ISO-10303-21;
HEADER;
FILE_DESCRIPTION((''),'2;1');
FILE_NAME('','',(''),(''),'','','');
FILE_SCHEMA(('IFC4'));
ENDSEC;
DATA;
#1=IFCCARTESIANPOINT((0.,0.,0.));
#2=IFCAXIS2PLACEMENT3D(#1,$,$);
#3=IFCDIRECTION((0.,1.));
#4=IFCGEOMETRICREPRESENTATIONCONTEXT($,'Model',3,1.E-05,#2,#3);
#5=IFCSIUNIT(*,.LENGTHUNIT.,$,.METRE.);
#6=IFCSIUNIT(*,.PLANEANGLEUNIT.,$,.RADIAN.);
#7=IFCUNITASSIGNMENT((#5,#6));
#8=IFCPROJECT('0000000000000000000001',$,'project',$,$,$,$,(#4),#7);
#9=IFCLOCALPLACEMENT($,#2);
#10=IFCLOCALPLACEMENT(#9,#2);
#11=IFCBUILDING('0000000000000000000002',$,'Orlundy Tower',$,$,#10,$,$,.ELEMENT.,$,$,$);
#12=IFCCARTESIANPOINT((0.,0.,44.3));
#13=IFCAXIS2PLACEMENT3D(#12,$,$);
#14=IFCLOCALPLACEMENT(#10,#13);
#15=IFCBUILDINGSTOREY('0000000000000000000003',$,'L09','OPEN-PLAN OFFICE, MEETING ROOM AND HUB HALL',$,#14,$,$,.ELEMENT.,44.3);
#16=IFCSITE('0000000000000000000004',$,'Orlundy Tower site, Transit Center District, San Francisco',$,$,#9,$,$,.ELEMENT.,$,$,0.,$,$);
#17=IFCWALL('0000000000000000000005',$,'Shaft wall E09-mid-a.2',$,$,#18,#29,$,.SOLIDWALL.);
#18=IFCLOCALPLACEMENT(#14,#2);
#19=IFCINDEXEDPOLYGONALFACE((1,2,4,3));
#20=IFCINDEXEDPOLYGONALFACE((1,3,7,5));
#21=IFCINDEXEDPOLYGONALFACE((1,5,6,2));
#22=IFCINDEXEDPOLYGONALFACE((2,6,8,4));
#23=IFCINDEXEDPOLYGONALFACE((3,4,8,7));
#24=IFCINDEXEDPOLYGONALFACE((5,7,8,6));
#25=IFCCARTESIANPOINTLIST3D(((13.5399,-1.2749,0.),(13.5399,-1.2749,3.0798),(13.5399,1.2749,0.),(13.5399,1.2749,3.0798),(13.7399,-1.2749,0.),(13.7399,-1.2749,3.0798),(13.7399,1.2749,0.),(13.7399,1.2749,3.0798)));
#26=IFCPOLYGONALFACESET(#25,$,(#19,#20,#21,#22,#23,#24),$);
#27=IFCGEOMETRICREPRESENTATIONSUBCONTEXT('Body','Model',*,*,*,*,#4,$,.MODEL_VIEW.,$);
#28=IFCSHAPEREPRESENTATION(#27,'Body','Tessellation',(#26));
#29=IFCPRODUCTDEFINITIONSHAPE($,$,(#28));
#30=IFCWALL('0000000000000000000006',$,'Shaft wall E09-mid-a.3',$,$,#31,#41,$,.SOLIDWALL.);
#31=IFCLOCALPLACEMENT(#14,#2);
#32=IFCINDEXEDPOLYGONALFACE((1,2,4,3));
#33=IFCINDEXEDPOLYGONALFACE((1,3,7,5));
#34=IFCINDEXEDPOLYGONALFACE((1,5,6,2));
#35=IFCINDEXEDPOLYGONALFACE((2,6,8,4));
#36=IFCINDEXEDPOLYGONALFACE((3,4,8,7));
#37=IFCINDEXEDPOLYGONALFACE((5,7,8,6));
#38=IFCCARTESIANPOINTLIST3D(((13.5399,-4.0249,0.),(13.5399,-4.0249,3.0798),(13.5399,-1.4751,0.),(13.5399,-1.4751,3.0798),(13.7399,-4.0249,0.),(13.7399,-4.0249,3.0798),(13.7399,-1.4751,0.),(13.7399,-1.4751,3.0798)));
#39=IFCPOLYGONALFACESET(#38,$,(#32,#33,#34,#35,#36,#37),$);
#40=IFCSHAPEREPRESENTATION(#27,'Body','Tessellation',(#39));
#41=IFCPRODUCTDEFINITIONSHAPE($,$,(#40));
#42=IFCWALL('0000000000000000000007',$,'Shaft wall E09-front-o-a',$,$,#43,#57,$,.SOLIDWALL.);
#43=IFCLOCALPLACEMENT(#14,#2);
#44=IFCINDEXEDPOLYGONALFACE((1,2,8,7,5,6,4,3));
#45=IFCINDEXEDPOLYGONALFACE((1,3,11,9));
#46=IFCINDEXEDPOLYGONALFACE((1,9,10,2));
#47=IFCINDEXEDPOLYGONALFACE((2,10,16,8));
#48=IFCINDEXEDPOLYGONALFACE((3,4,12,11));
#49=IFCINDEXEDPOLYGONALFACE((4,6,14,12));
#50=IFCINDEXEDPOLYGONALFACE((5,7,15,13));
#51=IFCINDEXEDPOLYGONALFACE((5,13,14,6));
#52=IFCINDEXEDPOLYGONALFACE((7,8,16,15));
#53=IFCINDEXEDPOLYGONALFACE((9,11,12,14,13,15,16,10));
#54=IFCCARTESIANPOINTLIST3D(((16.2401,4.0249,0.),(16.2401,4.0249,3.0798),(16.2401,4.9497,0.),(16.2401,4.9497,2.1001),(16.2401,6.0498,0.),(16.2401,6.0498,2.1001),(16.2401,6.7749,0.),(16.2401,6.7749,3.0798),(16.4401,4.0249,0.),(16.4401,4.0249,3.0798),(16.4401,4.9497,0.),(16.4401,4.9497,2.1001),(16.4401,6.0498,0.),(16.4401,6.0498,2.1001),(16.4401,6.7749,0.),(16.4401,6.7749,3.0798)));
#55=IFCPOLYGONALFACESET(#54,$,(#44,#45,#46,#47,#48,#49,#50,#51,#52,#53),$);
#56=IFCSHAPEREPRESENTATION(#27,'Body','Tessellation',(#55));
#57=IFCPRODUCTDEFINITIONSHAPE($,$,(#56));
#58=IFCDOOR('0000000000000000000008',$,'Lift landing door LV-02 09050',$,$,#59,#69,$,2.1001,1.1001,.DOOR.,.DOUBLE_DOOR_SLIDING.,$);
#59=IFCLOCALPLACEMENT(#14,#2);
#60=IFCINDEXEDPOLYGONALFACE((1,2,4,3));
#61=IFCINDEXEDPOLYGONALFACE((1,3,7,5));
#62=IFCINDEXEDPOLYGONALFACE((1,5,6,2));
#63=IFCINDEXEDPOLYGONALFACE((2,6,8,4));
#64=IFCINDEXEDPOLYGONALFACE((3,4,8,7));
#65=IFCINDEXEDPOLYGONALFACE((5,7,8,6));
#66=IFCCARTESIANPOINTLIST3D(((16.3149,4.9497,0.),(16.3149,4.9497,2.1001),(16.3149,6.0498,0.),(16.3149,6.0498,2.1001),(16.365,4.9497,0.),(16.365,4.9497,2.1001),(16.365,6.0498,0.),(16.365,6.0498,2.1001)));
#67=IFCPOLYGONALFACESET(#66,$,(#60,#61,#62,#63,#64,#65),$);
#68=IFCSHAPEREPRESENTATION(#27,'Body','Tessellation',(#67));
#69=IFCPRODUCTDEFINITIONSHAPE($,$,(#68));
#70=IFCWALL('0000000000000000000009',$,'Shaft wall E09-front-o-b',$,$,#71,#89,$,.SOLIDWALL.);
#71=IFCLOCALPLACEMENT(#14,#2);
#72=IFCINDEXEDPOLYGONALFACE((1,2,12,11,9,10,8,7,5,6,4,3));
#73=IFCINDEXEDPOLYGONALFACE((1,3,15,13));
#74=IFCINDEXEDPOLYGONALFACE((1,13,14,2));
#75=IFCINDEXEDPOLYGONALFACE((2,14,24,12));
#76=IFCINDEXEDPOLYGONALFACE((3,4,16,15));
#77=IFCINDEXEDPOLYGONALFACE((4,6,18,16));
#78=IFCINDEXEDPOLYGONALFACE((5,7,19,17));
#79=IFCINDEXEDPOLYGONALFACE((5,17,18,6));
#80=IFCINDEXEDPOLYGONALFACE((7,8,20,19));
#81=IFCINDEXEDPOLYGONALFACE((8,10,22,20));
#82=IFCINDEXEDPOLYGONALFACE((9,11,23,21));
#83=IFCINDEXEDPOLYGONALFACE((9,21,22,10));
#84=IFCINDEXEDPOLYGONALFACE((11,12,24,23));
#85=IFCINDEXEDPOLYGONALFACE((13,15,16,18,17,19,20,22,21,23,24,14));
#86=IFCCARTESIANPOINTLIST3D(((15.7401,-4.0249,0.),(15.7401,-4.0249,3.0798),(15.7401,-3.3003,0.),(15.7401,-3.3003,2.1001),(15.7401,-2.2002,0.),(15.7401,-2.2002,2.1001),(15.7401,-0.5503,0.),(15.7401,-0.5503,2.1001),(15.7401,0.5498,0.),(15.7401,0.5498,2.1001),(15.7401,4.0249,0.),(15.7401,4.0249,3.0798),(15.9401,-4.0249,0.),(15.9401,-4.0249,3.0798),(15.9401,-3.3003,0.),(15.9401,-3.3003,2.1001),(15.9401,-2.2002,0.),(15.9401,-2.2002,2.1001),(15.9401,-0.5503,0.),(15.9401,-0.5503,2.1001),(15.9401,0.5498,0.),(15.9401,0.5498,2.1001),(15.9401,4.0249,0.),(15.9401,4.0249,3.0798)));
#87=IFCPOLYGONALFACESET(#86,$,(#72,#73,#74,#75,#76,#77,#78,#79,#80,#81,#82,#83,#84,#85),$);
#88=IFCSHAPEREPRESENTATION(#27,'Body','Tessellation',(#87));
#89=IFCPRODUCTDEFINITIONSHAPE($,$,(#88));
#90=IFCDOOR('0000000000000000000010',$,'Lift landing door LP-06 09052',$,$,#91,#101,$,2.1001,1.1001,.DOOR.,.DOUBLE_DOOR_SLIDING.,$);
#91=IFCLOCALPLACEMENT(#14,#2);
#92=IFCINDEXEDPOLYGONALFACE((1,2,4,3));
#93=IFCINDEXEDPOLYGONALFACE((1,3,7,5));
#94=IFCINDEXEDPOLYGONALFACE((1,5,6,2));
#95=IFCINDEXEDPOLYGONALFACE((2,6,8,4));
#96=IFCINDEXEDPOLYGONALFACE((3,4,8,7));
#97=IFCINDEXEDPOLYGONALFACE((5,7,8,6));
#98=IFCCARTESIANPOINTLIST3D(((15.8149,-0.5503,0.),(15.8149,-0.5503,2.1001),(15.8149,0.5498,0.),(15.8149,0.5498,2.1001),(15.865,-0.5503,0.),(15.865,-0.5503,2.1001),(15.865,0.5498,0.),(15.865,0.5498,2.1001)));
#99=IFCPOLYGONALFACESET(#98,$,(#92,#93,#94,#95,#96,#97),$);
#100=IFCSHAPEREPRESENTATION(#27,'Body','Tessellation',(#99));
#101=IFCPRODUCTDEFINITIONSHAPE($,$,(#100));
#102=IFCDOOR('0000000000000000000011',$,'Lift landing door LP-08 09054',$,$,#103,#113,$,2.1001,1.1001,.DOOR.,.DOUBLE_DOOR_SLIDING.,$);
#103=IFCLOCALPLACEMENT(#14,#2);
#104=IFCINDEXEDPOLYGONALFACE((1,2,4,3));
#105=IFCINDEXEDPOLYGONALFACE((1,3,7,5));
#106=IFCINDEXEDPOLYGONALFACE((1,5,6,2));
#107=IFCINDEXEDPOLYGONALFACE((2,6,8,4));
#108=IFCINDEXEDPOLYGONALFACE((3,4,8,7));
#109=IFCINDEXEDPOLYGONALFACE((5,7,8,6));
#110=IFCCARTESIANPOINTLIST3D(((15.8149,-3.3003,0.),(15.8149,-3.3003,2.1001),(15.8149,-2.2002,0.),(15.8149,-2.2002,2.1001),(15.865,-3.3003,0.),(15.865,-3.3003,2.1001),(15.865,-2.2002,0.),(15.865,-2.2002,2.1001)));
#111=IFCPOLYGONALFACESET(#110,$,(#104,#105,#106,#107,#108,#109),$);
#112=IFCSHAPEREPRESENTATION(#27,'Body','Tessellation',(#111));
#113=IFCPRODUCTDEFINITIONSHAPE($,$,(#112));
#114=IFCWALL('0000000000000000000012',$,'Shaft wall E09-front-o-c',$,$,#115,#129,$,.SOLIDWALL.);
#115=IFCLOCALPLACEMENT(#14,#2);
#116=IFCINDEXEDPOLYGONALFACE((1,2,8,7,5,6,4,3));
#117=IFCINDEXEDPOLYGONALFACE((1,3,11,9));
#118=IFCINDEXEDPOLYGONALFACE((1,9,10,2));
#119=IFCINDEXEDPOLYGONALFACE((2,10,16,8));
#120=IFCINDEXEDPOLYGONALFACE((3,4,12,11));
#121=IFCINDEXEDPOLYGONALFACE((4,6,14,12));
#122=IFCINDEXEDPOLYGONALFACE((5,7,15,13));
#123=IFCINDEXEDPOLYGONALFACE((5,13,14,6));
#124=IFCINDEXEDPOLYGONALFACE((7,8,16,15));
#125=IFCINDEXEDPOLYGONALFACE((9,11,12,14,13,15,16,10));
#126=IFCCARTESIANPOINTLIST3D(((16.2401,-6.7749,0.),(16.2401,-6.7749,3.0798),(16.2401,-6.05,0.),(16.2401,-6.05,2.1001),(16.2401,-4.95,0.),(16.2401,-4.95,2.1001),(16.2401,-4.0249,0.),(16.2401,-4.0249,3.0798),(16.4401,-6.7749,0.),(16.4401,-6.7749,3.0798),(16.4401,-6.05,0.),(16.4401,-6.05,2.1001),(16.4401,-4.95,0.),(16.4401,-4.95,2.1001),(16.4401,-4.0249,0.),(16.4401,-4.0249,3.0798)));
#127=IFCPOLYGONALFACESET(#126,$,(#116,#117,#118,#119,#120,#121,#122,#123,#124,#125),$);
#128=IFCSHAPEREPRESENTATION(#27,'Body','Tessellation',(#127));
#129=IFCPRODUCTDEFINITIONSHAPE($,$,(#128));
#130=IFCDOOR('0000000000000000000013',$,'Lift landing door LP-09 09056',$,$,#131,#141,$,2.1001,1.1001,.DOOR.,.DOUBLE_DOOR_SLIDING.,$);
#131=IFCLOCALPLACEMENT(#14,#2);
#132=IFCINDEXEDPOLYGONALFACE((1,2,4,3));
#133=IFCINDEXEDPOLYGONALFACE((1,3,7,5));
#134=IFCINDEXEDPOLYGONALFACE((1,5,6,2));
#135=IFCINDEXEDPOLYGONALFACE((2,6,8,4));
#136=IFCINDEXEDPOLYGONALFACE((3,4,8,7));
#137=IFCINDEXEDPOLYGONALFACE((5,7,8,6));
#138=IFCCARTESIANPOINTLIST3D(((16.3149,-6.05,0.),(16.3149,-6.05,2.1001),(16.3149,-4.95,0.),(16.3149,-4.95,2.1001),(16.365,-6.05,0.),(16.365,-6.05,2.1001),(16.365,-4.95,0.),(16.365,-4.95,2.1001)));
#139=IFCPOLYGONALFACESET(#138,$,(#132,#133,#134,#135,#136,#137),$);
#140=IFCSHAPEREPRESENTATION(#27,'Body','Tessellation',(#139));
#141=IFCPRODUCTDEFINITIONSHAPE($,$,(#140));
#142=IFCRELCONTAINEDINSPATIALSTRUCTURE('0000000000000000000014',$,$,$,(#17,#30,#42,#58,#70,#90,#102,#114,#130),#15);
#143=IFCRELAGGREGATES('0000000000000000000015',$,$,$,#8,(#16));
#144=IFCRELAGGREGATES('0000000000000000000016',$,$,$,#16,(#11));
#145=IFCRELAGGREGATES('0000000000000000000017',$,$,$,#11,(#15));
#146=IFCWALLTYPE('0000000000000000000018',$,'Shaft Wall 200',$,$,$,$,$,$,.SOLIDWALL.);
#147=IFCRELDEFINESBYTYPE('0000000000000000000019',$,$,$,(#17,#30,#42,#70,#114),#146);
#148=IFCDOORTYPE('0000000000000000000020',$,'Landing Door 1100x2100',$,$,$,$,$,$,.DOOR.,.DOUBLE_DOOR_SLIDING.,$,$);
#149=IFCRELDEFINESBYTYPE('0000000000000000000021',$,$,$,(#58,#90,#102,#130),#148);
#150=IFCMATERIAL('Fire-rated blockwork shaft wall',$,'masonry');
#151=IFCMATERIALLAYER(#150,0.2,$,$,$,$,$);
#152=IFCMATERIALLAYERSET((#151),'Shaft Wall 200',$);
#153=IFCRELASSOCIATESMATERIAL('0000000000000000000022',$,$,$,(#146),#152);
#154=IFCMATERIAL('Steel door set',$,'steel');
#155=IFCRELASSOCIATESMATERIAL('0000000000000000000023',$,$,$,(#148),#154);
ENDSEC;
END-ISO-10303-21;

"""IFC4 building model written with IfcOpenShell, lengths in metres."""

from ifc_helpers import new_model, si_unit, direction, frame, frame_2d, origin, place, context, subcontext, project, spatial, rectangle, extrude, material, layer, layer_set, type_object, element, fill, save


model = new_model("IFC4")

# Units and contexts
model_context = context("Model", 3, precision=1e-05, world=origin(), true_north=direction((0.0, 1.0)))
body_context = subcontext(model_context, "Body", "Model", "MODEL_VIEW")
ifc_project = project(units=[si_unit("LENGTHUNIT", "METRE"), si_unit("PLANEANGLEUNIT", "RADIAN")], contexts=[model_context])

# Site, building, storey
site_placement = place(None, origin())
site = spatial("IfcSite", under=ifc_project, at=site_placement, Name="Orlundy Tower site, Transit Center District, San Francisco", CompositionType="ELEMENT", RefElevation=0.0)
building_placement = place(site_placement, origin())
building = spatial("IfcBuilding", under=site, at=building_placement, Name="Orlundy Tower", CompositionType="ELEMENT")
storey_placement = place(building_placement, frame((0.0, 0.0, 44.3)))
storey = spatial("IfcBuildingStorey", under=building, at=storey_placement, Name="L09", Description="OPEN-PLAN OFFICE, MEETING ROOM AND HUB HALL", CompositionType="ELEMENT", Elevation=44.3)

# Walls
ifc_material_1 = material(Name="Fire-rated blockwork shaft wall", Category="masonry")
ifc_layer_1 = layer(ifc_material_1, 0.2)
ifc_layer_set_1 = layer_set([ifc_layer_1], Name="Shaft Wall 200")
wall_type_1 = type_object("IfcWallType", Name="Shaft Wall 200", PredefinedType="SOLIDWALL", material=ifc_layer_set_1)
for number, where, z_axis, x_axis, name in (
    (1, (13.6399, 1.2749, 0.0), (0.0, 0.0, 1.0), (0.0, -1.0, 0.0), "Shaft wall E09-mid-a.2"),
    (2, (13.6399, -1.4751, 0.0), (0.0, 0.0, 1.0), (0.0, -1.0, 0.0), "Shaft wall E09-mid-a.3"),
):
    element("IfcWall", number, at=place(storey_placement, frame(where, z_axis=z_axis, x_axis=x_axis)), inside=storey, type_object=wall_type_1, Name=name, PredefinedType="SOLIDWALL", context=body_context, shape_type="SweptSolid", body=[
        extrude(rectangle(XDim=2.5498, YDim=0.2, at=frame_2d((1.2749, 0.0))), origin(), (0.0, 0.0, 1.0), 3.0798),
    ])

# Wall, opening, door
wall_1_placement = place(storey_placement, frame((16.3401, 6.7749, 0.0), z_axis=(0.0, 0.0, 1.0), x_axis=(0.0, -1.0, 0.0)))
wall_1 = element("IfcWall", 3, at=wall_1_placement, inside=storey, type_object=wall_type_1, Name="Shaft wall E09-front-o-a", PredefinedType="SOLIDWALL", context=body_context, shape_type="SweptSolid", body=[
    extrude(rectangle(XDim=2.75, YDim=0.2, at=frame_2d((1.375, 0.0))), origin(), (0.0, 0.0, 1.0), 3.0798),
])
opening_1_placement = place(wall_1_placement, frame((0.7251, 0.0, 0.0)))
opening_1 = element("IfcOpeningElement", 4, at=opening_1_placement, cuts=wall_1, PredefinedType="OPENING", context=body_context, shape_type="SweptSolid", body=[
    extrude(rectangle(XDim=1.1001, YDim=2.1001, at=frame_2d((0.55, 1.05))), frame((0.0, 0.1101, 0.0), z_axis=(0.0, -1.0, 0.0), x_axis=(1.0, 0.0, 0.0)), (0.0, 0.0, 1.0), 0.2202),
])
ifc_material_2 = material(Name="Steel door set", Category="steel")
door_type_1 = type_object("IfcDoorType", Name="Landing Door 1100x2100", OperationType="DOUBLE_DOOR_SLIDING", PredefinedType="DOOR", material=ifc_material_2)
door_1_placement = place(opening_1_placement, origin())
door_1 = element("IfcDoor", 5, at=door_1_placement, inside=storey, type_object=door_type_1, Name="Lift landing door LV-02 09050", OperationType="DOUBLE_DOOR_SLIDING", OverallHeight=2.1001, OverallWidth=1.1001, PredefinedType="DOOR", context=body_context, shape_type="SweptSolid", body=[
    extrude(rectangle(XDim=1.1001, YDim=2.1001, at=frame_2d((0.55, 1.05))), frame((0.0, 0.0249, 0.0), z_axis=(0.0, -1.0, 0.0), x_axis=(1.0, 0.0, 0.0)), (0.0, 0.0, 1.0), 0.05),
])
fill(opening_1, door_1)

# Wall, openings, doors
wall_2_placement = place(storey_placement, frame((15.8401, 4.0249, 0.0), z_axis=(0.0, 0.0, 1.0), x_axis=(0.0, -1.0, 0.0)))
wall_2 = element("IfcWall", 6, at=wall_2_placement, inside=storey, type_object=wall_type_1, Name="Shaft wall E09-front-o-b", PredefinedType="SOLIDWALL", context=body_context, shape_type="SweptSolid", body=[
    extrude(rectangle(XDim=8.0498, YDim=0.2, at=frame_2d((4.0249, 0.0))), origin(), (0.0, 0.0, 1.0), 3.0798),
])
opening_2_placement = place(wall_2_placement, frame((3.4751, 0.0, 0.0)))
opening_2 = element("IfcOpeningElement", 7, at=opening_2_placement, cuts=wall_2, PredefinedType="OPENING", context=body_context, shape_type="SweptSolid", body=[
    extrude(rectangle(XDim=1.1001, YDim=2.1001, at=frame_2d((0.55, 1.05))), frame((0.0, 0.1101, 0.0), z_axis=(0.0, -1.0, 0.0), x_axis=(1.0, 0.0, 0.0)), (0.0, 0.0, 1.0), 0.2202),
])
opening_3_placement = place(wall_2_placement, frame((6.2251, 0.0, 0.0)))
opening_3 = element("IfcOpeningElement", 8, at=opening_3_placement, cuts=wall_2, PredefinedType="OPENING", context=body_context, shape_type="SweptSolid", body=[
    extrude(rectangle(XDim=1.1001, YDim=2.1001, at=frame_2d((0.55, 1.05))), frame((0.0, 0.1101, 0.0), z_axis=(0.0, -1.0, 0.0), x_axis=(1.0, 0.0, 0.0)), (0.0, 0.0, 1.0), 0.2202),
])
door_2_placement = place(opening_2_placement, origin())
door_2 = element("IfcDoor", 9, at=door_2_placement, inside=storey, type_object=door_type_1, Name="Lift landing door LP-06 09052", OperationType="DOUBLE_DOOR_SLIDING", OverallHeight=2.1001, OverallWidth=1.1001, PredefinedType="DOOR", context=body_context, shape_type="SweptSolid", body=[
    extrude(rectangle(XDim=1.1001, YDim=2.1001, at=frame_2d((0.55, 1.05))), frame((0.0, 0.0249, 0.0), z_axis=(0.0, -1.0, 0.0), x_axis=(1.0, 0.0, 0.0)), (0.0, 0.0, 1.0), 0.05),
])
fill(opening_2, door_2)
door_3_placement = place(opening_3_placement, origin())
door_3 = element("IfcDoor", 10, at=door_3_placement, inside=storey, type_object=door_type_1, Name="Lift landing door LP-08 09054", OperationType="DOUBLE_DOOR_SLIDING", OverallHeight=2.1001, OverallWidth=1.1001, PredefinedType="DOOR", context=body_context, shape_type="SweptSolid", body=[
    extrude(rectangle(XDim=1.1001, YDim=2.1001, at=frame_2d((0.55, 1.05))), frame((0.0, 0.0249, 0.0), z_axis=(0.0, -1.0, 0.0), x_axis=(1.0, 0.0, 0.0)), (0.0, 0.0, 1.0), 0.05),
])
fill(opening_3, door_3)

# Wall, opening, door
wall_3_placement = place(storey_placement, frame((16.3401, -4.0249, 0.0), z_axis=(0.0, 0.0, 1.0), x_axis=(0.0, -1.0, 0.0)))
wall_3 = element("IfcWall", 11, at=wall_3_placement, inside=storey, type_object=wall_type_1, Name="Shaft wall E09-front-o-c", PredefinedType="SOLIDWALL", context=body_context, shape_type="SweptSolid", body=[
    extrude(rectangle(XDim=2.75, YDim=0.2, at=frame_2d((1.375, 0.0))), origin(), (0.0, 0.0, 1.0), 3.0798),
])
opening_4_placement = place(wall_3_placement, frame((0.925, 0.0, 0.0)))
opening_4 = element("IfcOpeningElement", 12, at=opening_4_placement, cuts=wall_3, PredefinedType="OPENING", context=body_context, shape_type="SweptSolid", body=[
    extrude(rectangle(XDim=1.1001, YDim=2.1001, at=frame_2d((0.55, 1.05))), frame((0.0, 0.1101, 0.0), z_axis=(0.0, -1.0, 0.0), x_axis=(1.0, 0.0, 0.0)), (0.0, 0.0, 1.0), 0.2202),
])
door_4_placement = place(opening_4_placement, origin())
door_4 = element("IfcDoor", 13, at=door_4_placement, inside=storey, type_object=door_type_1, Name="Lift landing door LP-09 09056", OperationType="DOUBLE_DOOR_SLIDING", OverallHeight=2.1001, OverallWidth=1.1001, PredefinedType="DOOR", context=body_context, shape_type="SweptSolid", body=[
    extrude(rectangle(XDim=1.1001, YDim=2.1001, at=frame_2d((0.55, 1.05))), frame((0.0, 0.0249, 0.0), z_axis=(0.0, -1.0, 0.0), x_axis=(1.0, 0.0, 0.0)), (0.0, 0.0, 1.0), 0.05),
])
fill(opening_4, door_4)

save(model, "model.ifc")
